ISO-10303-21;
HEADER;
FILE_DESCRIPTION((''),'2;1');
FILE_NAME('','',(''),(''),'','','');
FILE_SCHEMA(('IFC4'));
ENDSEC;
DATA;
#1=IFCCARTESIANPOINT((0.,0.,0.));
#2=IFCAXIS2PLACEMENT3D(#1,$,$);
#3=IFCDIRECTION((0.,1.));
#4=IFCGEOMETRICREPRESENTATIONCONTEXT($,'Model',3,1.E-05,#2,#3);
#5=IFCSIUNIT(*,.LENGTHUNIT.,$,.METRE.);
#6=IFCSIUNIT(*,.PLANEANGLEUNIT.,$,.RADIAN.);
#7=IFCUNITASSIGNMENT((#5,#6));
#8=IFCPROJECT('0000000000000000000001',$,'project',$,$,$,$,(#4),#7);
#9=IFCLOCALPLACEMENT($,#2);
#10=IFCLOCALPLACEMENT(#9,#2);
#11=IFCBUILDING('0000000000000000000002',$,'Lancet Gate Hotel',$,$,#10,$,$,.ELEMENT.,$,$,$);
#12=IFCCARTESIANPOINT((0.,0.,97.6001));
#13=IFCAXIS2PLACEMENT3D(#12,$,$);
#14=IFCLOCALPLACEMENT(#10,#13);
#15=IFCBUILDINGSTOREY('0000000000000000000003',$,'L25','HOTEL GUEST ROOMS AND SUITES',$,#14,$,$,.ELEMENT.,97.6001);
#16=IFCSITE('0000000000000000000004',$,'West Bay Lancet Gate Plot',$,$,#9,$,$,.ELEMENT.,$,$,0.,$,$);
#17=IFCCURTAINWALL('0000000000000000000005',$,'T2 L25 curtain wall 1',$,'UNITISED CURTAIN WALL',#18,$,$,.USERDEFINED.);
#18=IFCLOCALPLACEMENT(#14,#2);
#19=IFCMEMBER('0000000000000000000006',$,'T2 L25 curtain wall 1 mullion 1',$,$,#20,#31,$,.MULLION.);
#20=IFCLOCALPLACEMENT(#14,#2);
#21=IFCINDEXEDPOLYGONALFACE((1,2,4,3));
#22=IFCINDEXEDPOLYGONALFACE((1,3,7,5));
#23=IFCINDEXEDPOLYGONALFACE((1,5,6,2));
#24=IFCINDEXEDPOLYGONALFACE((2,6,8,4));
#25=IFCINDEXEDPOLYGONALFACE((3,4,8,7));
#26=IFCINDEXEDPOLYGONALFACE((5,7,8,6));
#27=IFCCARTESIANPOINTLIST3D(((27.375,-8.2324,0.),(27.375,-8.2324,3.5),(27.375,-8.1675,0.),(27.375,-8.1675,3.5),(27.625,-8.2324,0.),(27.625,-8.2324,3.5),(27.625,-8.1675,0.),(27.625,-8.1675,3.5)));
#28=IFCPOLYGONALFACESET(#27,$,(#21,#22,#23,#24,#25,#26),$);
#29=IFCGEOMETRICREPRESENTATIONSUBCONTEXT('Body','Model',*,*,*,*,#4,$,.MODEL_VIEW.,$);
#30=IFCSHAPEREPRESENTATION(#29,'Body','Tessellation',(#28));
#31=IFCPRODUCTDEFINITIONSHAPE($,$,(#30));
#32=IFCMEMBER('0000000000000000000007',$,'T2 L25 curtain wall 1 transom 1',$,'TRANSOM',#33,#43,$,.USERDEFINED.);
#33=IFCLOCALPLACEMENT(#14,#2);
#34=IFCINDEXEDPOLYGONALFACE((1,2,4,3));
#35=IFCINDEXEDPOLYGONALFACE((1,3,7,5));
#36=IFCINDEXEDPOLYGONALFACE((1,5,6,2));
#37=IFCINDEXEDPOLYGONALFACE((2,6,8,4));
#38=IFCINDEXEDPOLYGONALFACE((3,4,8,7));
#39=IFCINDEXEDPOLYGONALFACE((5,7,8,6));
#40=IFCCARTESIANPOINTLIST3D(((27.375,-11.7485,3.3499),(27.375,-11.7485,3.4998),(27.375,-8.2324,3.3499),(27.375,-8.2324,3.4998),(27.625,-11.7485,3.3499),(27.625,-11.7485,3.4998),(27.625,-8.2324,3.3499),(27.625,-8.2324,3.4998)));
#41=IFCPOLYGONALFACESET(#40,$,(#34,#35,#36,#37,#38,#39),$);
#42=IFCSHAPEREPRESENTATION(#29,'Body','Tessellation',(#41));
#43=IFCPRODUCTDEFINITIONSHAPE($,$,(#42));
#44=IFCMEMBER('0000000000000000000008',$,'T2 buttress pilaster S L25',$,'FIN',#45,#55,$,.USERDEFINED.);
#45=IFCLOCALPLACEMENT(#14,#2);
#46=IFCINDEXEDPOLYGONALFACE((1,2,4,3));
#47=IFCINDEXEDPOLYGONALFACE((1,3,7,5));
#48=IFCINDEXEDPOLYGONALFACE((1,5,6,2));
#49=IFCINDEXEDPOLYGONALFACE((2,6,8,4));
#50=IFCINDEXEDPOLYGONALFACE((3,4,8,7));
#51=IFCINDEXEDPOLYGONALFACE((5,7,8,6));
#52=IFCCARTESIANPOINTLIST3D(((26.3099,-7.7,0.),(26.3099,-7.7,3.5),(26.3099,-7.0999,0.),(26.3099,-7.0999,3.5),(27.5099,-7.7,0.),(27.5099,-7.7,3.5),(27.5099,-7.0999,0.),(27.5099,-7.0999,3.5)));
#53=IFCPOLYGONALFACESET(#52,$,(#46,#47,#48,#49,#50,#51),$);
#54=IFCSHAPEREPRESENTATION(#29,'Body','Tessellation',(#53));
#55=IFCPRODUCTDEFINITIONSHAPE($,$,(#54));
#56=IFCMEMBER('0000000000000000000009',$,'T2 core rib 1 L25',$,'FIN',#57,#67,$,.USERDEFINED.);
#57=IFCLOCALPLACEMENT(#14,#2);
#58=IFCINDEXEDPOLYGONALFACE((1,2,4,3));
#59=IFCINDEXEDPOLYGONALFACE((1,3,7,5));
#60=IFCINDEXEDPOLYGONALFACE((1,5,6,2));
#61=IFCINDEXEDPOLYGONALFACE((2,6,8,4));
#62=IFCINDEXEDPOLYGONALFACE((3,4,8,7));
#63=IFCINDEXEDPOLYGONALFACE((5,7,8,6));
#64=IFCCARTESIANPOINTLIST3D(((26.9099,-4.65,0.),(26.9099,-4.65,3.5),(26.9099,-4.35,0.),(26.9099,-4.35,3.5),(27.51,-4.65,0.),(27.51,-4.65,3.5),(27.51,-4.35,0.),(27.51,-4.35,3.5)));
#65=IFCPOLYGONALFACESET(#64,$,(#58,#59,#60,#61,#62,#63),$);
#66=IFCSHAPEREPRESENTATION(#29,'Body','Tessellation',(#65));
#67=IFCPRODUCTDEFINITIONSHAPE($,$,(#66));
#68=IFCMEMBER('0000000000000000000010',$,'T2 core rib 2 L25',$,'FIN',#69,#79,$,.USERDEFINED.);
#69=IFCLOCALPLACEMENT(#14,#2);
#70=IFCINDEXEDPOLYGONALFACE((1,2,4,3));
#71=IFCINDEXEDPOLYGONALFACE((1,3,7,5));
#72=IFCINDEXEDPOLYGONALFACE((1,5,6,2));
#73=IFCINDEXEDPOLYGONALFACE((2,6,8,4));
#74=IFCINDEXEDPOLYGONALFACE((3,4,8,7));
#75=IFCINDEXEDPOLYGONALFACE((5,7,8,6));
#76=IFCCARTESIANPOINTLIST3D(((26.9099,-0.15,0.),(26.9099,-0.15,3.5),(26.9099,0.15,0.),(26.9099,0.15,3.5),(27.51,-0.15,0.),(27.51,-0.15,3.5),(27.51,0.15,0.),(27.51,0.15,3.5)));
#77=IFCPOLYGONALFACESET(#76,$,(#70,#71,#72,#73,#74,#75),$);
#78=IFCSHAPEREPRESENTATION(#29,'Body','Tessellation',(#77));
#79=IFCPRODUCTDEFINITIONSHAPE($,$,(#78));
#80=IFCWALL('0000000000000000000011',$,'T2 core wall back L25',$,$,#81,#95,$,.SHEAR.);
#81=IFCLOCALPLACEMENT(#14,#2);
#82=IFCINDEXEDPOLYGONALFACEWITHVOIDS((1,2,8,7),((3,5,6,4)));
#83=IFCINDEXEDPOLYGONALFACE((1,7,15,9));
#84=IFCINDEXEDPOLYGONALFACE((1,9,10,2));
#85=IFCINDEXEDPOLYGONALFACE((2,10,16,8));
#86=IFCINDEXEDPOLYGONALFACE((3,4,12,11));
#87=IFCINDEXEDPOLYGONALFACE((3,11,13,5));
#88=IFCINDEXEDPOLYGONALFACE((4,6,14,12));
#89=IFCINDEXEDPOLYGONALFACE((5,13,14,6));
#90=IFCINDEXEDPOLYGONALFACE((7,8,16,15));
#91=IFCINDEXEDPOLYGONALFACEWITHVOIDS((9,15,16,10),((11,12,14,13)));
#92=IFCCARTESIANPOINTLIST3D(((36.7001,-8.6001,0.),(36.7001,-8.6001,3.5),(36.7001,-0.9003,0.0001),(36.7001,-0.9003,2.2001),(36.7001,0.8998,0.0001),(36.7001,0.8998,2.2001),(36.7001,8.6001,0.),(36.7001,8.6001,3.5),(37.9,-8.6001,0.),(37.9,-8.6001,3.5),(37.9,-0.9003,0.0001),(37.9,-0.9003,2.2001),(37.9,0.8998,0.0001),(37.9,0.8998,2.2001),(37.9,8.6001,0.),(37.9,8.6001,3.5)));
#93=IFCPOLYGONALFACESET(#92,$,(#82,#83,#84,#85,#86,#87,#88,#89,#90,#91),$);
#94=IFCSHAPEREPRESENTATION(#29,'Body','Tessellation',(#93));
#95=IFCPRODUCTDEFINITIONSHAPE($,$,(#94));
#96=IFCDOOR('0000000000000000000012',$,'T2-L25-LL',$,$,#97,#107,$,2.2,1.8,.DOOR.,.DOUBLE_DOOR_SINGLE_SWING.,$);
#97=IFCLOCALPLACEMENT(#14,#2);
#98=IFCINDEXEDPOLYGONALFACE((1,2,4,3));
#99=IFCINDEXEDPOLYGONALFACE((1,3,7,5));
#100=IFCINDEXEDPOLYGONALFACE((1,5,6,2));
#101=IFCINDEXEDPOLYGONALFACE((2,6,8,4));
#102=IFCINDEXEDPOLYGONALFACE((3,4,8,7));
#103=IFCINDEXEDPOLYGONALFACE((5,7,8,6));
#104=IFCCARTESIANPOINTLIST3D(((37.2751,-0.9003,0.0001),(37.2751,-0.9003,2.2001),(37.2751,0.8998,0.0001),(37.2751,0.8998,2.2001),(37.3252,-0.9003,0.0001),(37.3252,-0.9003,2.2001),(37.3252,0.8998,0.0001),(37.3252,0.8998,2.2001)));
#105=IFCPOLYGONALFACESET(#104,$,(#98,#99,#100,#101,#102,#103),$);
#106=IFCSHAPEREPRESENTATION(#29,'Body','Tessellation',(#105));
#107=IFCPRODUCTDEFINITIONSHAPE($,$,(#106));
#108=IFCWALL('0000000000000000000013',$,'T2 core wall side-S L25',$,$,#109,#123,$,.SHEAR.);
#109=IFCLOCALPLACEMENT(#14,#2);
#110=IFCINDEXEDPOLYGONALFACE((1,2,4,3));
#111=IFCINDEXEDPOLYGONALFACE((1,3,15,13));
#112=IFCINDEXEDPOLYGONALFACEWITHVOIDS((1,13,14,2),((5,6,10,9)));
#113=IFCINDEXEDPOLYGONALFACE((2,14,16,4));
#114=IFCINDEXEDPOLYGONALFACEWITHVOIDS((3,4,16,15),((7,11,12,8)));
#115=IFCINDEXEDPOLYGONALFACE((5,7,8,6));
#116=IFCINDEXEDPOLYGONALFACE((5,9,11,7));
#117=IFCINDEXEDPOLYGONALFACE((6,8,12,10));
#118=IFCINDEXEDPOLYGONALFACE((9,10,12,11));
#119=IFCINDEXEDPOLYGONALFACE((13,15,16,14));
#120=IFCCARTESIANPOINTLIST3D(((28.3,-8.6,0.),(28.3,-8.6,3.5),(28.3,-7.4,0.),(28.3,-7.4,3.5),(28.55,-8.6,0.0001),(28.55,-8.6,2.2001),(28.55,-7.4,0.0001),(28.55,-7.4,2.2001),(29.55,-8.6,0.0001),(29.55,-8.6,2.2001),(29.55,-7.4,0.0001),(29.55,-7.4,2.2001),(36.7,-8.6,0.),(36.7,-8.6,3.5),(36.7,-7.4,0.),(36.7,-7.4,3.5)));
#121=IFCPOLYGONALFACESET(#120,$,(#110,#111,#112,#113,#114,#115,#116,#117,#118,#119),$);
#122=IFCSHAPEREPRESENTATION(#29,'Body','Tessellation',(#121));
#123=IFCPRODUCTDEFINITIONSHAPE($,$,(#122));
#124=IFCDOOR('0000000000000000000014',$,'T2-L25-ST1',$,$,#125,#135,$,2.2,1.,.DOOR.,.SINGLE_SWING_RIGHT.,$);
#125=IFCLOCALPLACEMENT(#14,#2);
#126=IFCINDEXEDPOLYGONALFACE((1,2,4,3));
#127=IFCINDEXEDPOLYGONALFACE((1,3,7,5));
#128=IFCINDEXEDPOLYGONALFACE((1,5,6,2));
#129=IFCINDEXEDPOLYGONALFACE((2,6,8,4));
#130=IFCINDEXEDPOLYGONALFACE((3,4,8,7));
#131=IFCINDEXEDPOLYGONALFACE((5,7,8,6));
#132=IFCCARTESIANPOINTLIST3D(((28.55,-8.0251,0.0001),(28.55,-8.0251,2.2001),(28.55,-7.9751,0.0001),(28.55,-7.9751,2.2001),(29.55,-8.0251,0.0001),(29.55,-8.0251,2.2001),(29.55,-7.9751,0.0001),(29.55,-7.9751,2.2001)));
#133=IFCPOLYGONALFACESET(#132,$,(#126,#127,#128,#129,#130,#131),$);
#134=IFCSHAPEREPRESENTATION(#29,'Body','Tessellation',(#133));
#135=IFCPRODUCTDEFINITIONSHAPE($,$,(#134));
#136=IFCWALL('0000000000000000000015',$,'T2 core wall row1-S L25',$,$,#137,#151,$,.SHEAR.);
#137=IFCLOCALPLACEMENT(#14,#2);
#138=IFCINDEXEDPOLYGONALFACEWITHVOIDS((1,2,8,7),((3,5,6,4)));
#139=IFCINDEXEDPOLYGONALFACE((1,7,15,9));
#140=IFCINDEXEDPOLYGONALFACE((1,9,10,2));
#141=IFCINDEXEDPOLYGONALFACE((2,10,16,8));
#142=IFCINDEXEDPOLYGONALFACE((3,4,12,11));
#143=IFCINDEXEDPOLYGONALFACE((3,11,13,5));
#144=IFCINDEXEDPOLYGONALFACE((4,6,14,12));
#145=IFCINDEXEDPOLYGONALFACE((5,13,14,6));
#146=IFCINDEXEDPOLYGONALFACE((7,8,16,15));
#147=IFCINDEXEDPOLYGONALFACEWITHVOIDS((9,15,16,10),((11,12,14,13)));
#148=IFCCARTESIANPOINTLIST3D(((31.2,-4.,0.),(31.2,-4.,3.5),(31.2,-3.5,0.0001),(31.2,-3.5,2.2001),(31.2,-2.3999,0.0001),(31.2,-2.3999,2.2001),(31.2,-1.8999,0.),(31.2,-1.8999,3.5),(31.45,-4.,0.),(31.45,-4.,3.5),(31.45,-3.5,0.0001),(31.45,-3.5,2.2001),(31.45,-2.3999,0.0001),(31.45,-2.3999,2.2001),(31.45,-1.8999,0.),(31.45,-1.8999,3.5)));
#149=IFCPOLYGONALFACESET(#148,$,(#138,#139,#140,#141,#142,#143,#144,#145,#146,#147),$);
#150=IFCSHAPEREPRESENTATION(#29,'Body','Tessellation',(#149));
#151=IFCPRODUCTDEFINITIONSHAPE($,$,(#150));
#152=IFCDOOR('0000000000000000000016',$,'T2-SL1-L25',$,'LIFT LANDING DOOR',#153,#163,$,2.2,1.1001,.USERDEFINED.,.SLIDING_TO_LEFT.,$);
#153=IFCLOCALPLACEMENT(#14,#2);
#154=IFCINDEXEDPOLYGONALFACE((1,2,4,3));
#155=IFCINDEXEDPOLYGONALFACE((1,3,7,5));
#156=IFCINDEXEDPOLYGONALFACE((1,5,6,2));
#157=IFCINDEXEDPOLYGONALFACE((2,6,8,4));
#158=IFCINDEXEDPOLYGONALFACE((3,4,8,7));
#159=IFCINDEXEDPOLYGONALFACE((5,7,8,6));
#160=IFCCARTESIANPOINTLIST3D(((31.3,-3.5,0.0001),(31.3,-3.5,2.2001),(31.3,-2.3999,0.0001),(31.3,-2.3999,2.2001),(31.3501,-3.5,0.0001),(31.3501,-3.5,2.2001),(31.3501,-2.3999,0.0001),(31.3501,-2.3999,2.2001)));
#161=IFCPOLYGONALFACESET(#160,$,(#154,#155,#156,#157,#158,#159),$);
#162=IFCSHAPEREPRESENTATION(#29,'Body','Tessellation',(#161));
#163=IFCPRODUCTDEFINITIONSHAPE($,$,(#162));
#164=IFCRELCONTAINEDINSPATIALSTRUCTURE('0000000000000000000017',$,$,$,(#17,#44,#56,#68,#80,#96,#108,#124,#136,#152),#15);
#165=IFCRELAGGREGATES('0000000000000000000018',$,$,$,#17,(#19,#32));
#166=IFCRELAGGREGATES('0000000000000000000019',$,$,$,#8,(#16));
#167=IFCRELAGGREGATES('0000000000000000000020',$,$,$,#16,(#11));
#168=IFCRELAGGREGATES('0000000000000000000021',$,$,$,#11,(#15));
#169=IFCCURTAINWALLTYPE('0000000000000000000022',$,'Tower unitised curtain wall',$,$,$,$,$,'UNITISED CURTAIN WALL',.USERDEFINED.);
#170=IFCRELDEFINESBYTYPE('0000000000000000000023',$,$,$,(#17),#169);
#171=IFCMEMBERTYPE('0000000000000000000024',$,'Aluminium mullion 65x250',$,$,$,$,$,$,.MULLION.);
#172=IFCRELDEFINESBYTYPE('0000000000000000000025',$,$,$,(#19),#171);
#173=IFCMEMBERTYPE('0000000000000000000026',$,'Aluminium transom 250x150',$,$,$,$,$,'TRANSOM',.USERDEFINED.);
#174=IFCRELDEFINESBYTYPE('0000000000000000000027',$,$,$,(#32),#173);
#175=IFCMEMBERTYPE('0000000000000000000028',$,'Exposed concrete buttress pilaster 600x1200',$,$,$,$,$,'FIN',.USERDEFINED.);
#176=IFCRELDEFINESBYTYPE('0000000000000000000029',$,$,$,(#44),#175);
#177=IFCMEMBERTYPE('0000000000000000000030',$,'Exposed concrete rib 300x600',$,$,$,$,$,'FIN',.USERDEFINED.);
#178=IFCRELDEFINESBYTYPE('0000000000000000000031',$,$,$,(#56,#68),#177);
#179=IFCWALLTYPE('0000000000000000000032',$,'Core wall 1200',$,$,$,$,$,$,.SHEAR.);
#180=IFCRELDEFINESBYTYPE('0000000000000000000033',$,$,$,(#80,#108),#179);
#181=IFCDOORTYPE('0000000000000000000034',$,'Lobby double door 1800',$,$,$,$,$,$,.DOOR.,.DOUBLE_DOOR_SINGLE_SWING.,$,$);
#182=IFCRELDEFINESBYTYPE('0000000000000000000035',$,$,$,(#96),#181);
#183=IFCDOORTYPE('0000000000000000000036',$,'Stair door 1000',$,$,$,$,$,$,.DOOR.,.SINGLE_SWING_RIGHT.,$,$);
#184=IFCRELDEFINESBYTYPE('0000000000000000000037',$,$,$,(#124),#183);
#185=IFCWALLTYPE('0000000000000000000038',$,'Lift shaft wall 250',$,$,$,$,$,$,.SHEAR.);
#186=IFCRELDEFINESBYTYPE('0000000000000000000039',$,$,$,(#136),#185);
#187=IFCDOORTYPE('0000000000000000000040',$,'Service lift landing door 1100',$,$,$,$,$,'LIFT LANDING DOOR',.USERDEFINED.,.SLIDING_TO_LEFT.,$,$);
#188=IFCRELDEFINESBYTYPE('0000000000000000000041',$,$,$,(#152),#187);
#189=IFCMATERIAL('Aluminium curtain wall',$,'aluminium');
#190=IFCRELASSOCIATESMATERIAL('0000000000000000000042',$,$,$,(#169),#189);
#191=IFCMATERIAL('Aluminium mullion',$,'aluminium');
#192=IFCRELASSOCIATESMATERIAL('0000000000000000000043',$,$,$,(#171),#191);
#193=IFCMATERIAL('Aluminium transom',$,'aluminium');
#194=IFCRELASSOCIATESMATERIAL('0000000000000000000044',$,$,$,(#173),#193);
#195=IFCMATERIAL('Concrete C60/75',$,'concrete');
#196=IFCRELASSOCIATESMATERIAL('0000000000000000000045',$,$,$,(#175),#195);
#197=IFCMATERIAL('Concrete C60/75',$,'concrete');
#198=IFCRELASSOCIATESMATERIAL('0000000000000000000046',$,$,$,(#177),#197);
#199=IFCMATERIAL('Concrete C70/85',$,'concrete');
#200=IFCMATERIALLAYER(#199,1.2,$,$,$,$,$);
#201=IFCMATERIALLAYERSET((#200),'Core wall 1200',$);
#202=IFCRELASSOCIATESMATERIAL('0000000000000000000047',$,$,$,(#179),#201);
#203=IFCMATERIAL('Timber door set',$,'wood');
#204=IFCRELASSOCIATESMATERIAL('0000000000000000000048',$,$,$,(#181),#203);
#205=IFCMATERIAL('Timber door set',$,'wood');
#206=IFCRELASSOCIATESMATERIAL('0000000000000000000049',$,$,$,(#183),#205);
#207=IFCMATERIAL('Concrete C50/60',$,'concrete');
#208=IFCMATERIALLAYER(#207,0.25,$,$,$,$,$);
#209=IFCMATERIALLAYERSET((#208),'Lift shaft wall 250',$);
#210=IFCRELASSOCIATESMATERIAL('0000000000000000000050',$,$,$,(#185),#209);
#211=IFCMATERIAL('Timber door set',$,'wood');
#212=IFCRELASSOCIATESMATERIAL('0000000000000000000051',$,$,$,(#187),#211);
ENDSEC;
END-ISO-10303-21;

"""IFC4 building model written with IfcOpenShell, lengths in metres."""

from ifc_helpers import new_model, si_unit, direction, frame, frame_2d, origin, origin_2d, place, context, subcontext, project, spatial, rectangle, extrude, material, layer, layer_set, material_profile, profile_set, type_object, element, fill, aggregate, save


model = new_model("IFC4")

# Units and contexts
model_context = context("Model", 3, precision=1e-05, world=origin(), true_north=direction((0.0, 1.0)))
body_context = subcontext(model_context, "Body", "Model", "MODEL_VIEW")
ifc_project = project(units=[si_unit("LENGTHUNIT", "METRE"), si_unit("PLANEANGLEUNIT", "RADIAN")], contexts=[model_context])

# Site, building, storey
site_placement = place(None, origin())
site = spatial("IfcSite", under=ifc_project, at=site_placement, Name="West Bay Lancet Gate Plot", CompositionType="ELEMENT", RefElevation=0.0)
building_placement = place(site_placement, origin())
building = spatial("IfcBuilding", under=site, at=building_placement, Name="Lancet Gate Hotel", CompositionType="ELEMENT")
storey_placement = place(building_placement, frame((0.0, 0.0, 97.6001)))
storey = spatial("IfcBuildingStorey", under=building, at=storey_placement, Name="L25", Description="HOTEL GUEST ROOMS AND SUITES", CompositionType="ELEMENT", Elevation=97.6001)

# Curtain wall, members
ifc_material_1 = material(Name="Aluminium curtain wall", Category="aluminium")
curtain_wall_type = type_object("IfcCurtainWallType", Name="Tower unitised curtain wall", ElementType="UNITISED CURTAIN WALL", PredefinedType="USERDEFINED", material=ifc_material_1)
curtain_wall_placement = place(storey_placement, origin())
curtain_wall = element("IfcCurtainWall", 1, at=curtain_wall_placement, inside=storey, type_object=curtain_wall_type, Name="T2 L25 curtain wall 1", ObjectType="UNITISED CURTAIN WALL", PredefinedType="USERDEFINED")
ifc_material_2 = material(Name="Aluminium mullion", Category="aluminium")
ifc_material_profile_1 = material_profile(ifc_material_2, rectangle(XDim=0.0649, YDim=0.25, at=origin_2d()), Name="MULLION 65x250")
ifc_profile_set_1 = profile_set([ifc_material_profile_1], Name="Aluminium mullion")
member_type_1 = type_object("IfcMemberType", Name="Aluminium mullion 65x250", PredefinedType="MULLION", material=ifc_profile_set_1)
member_1_placement = place(storey_placement, frame((27.5, -8.2, 0.0), z_axis=(0.0, 0.0, 1.0), x_axis=(0.0, -1.0, 0.0)))
member_1 = element("IfcMember", 2, at=member_1_placement, type_object=member_type_1, Name="T2 L25 curtain wall 1 mullion 1", PredefinedType="MULLION", context=body_context, shape_type="SweptSolid", body=[
    extrude(rectangle(XDim=0.0649, YDim=0.25, at=origin_2d()), origin(), (0.0, 0.0, 1.0), 3.5),
])
ifc_material_3 = material(Name="Aluminium transom", Category="aluminium")
ifc_material_profile_2 = material_profile(ifc_material_3, rectangle(XDim=0.25, YDim=0.1499, at=origin_2d()), Name="TRANSOM 250x150")
ifc_profile_set_2 = profile_set([ifc_material_profile_2], Name="Aluminium transom")
member_type_2 = type_object("IfcMemberType", Name="Aluminium transom 250x150", ElementType="TRANSOM", PredefinedType="USERDEFINED", material=ifc_profile_set_2)
member_2_placement = place(storey_placement, frame((27.5, -8.2324, 3.4248), z_axis=(0.0, -1.0, 0.0), x_axis=(1.0, 0.0, 0.0)))
member_2 = element("IfcMember", 3, at=member_2_placement, type_object=member_type_2, Name="T2 L25 curtain wall 1 transom 1", ObjectType="TRANSOM", PredefinedType="USERDEFINED", context=body_context, shape_type="SweptSolid", body=[
    extrude(rectangle(XDim=0.25, YDim=0.1499, at=origin_2d()), origin(), (0.0, 0.0, 1.0), 3.5161),
])
aggregate(curtain_wall, [member_1, member_2])

# Members
ifc_material_4 = material(Name="Concrete C60/75", Category="concrete")
ifc_material_profile_3 = material_profile(ifc_material_4, rectangle(XDim=0.6001, YDim=1.2, at=origin_2d()), Name="FIN 600x1200")
ifc_profile_set_3 = profile_set([ifc_material_profile_3], Name="Concrete C60/75")
member_type_3 = type_object("IfcMemberType", Name="Exposed concrete buttress pilaster 600x1200", ElementType="FIN", PredefinedType="USERDEFINED", material=ifc_profile_set_3)
member_3_placement = place(storey_placement, frame((26.9099, -7.3999, 0.0), z_axis=(0.0, 0.0, 1.0), x_axis=(0.0, 1.0, 0.0)))
element("IfcMember", 4, at=member_3_placement, inside=storey, type_object=member_type_3, Name="T2 buttress pilaster S L25", ObjectType="FIN", PredefinedType="USERDEFINED", context=body_context, shape_type="SweptSolid", body=[
    extrude(rectangle(XDim=0.6001, YDim=1.2, at=origin_2d()), origin(), (0.0, 0.0, 1.0), 3.5),
])
ifc_material_5 = material(Name="Concrete C60/75", Category="concrete")
ifc_material_profile_4 = material_profile(ifc_material_5, rectangle(XDim=0.3, YDim=0.6001, at=origin_2d()), Name="FIN 300x600")
ifc_profile_set_4 = profile_set([ifc_material_profile_4], Name="Concrete C60/75")
member_type_4 = type_object("IfcMemberType", Name="Exposed concrete rib 300x600", ElementType="FIN", PredefinedType="USERDEFINED", material=ifc_profile_set_4)
for number, where, z_axis, x_axis, name in (
    (5, (27.21, -4.5, 0.0), (0.0, 0.0, 1.0), (0.0, 1.0, 0.0), "T2 core rib 1 L25"),
    (6, (27.21, 0.0, 0.0), (0.0, 0.0, 1.0), (0.0, 1.0, 0.0), "T2 core rib 2 L25"),
):
    element("IfcMember", number, at=place(storey_placement, frame(where, z_axis=z_axis, x_axis=x_axis)), inside=storey, type_object=member_type_4, Name=name, ObjectType="FIN", PredefinedType="USERDEFINED", context=body_context, shape_type="SweptSolid", body=[
        extrude(rectangle(XDim=0.3, YDim=0.6001, at=origin_2d()), origin(), (0.0, 0.0, 1.0), 3.5),
    ])

# Walls, openings, doors
ifc_material_6 = material(Name="Concrete C70/85", Category="concrete")
ifc_layer_1 = layer(ifc_material_6, 1.2)
ifc_layer_set_1 = layer_set([ifc_layer_1], Name="Core wall 1200")
wall_type_1 = type_object("IfcWallType", Name="Core wall 1200", PredefinedType="SHEAR", material=ifc_layer_set_1)
wall_1_placement = place(storey_placement, frame((37.3, -8.6001, 0.0), z_axis=(0.0, 0.0, 1.0), x_axis=(0.0, 1.0, 0.0)))
wall_1 = element("IfcWall", 7, at=wall_1_placement, inside=storey, type_object=wall_type_1, Name="T2 core wall back L25", PredefinedType="SHEAR", context=body_context, shape_type="SweptSolid", body=[
    extrude(rectangle(XDim=17.2002, YDim=1.2, at=frame_2d((8.6001, 0.0))), origin(), (0.0, 0.0, 1.0), 3.5),
])
opening_1_placement = place(wall_1_placement, frame((7.7, 0.0, 0.0)))
opening_1 = element("IfcOpeningElement", 8, at=opening_1_placement, cuts=wall_1, PredefinedType="OPENING", context=body_context, shape_type="SweptSolid", body=[
    extrude(rectangle(XDim=1.8, YDim=2.2, at=frame_2d((0.8999, 1.1001))), frame((0.0, 0.6099, 0.0), z_axis=(0.0, -1.0, 0.0), x_axis=(1.0, 0.0, 0.0)), (0.0, 0.0, 1.0), 1.22),
])
ifc_material_7 = material(Name="Timber door set", Category="wood")
door_type_1 = type_object("IfcDoorType", Name="Lobby double door 1800", OperationType="DOUBLE_DOOR_SINGLE_SWING", PredefinedType="DOOR", material=ifc_material_7)
door_1_placement = place(opening_1_placement, origin())
door_1 = element("IfcDoor", 9, at=door_1_placement, inside=storey, type_object=door_type_1, Name="T2-L25-LL", OperationType="DOUBLE_DOOR_SINGLE_SWING", OverallHeight=2.2, OverallWidth=1.8, PredefinedType="DOOR", context=body_context, shape_type="SweptSolid", body=[
    extrude(rectangle(XDim=1.8, YDim=2.2, at=frame_2d((0.8999, 1.1001))), frame((0.0, 0.0249, 0.0), z_axis=(0.0, -1.0, 0.0), x_axis=(1.0, 0.0, 0.0)), (0.0, 0.0, 1.0), 0.05),
])
fill(opening_1, door_1)
wall_2_placement = place(storey_placement, frame((28.3, -8.0, 0.0), z_axis=(0.0, 0.0, 1.0), x_axis=(1.0, 0.0, 0.0)))
wall_2 = element("IfcWall", 10, at=wall_2_placement, inside=storey, type_object=wall_type_1, Name="T2 core wall side-S L25", PredefinedType="SHEAR", context=body_context, shape_type="SweptSolid", body=[
    extrude(rectangle(XDim=8.3999, YDim=1.2, at=frame_2d((4.2, 0.0))), origin(), (0.0, 0.0, 1.0), 3.5),
])
opening_2_placement = place(wall_2_placement, frame((0.25, 0.0, 0.0)))
opening_2 = element("IfcOpeningElement", 11, at=opening_2_placement, cuts=wall_2, PredefinedType="OPENING", context=body_context, shape_type="SweptSolid", body=[
    extrude(rectangle(XDim=1.0, YDim=2.2, at=frame_2d((0.5, 1.1001))), frame((0.0, 0.6099, 0.0), z_axis=(0.0, -1.0, 0.0), x_axis=(1.0, 0.0, 0.0)), (0.0, 0.0, 1.0), 1.22),
])
ifc_material_8 = material(Name="Timber door set", Category="wood")
door_type_2 = type_object("IfcDoorType", Name="Stair door 1000", OperationType="SINGLE_SWING_RIGHT", PredefinedType="DOOR", material=ifc_material_8)
door_2_placement = place(opening_2_placement, origin())
door_2 = element("IfcDoor", 12, at=door_2_placement, inside=storey, type_object=door_type_2, Name="T2-L25-ST1", OperationType="SINGLE_SWING_RIGHT", OverallHeight=2.2, OverallWidth=1.0, PredefinedType="DOOR", context=body_context, shape_type="SweptSolid", body=[
    extrude(rectangle(XDim=1.0, YDim=2.2, at=frame_2d((0.5, 1.1001))), frame((0.0, 0.0249, 0.0), z_axis=(0.0, -1.0, 0.0), x_axis=(1.0, 0.0, 0.0)), (0.0, 0.0, 1.0), 0.05),
])
fill(opening_2, door_2)
ifc_material_9 = material(Name="Concrete C50/60", Category="concrete")
ifc_layer_2 = layer(ifc_material_9, 0.25)
ifc_layer_set_2 = layer_set([ifc_layer_2], Name="Lift shaft wall 250")
wall_type_2 = type_object("IfcWallType", Name="Lift shaft wall 250", PredefinedType="SHEAR", material=ifc_layer_set_2)
wall_3_placement = place(storey_placement, frame((31.325, -4.0, 0.0), z_axis=(0.0, 0.0, 1.0), x_axis=(0.0, 1.0, 0.0)))
wall_3 = element("IfcWall", 13, at=wall_3_placement, inside=storey, type_object=wall_type_2, Name="T2 core wall row1-S L25", PredefinedType="SHEAR", context=body_context, shape_type="SweptSolid", body=[
    extrude(rectangle(XDim=2.1001, YDim=0.25, at=frame_2d((1.05, 0.0))), origin(), (0.0, 0.0, 1.0), 3.5),
])
opening_3_placement = place(wall_3_placement, frame((0.5, 0.0, 0.0)))
opening_3 = element("IfcOpeningElement", 14, at=opening_3_placement, cuts=wall_3, PredefinedType="OPENING", context=body_context, shape_type="SweptSolid", body=[
    extrude(rectangle(XDim=1.1001, YDim=2.2, at=frame_2d((0.55, 1.1001))), frame((0.0, 0.135, 0.0), z_axis=(0.0, -1.0, 0.0), x_axis=(1.0, 0.0, 0.0)), (0.0, 0.0, 1.0), 0.27),
])
ifc_material_10 = material(Name="Timber door set", Category="wood")
door_type_3 = type_object("IfcDoorType", Name="Service lift landing door 1100", ElementType="LIFT LANDING DOOR", OperationType="SLIDING_TO_LEFT", PredefinedType="USERDEFINED", material=ifc_material_10)
door_3_placement = place(opening_3_placement, origin())
door_3 = element("IfcDoor", 15, at=door_3_placement, inside=storey, type_object=door_type_3, Name="T2-SL1-L25", ObjectType="LIFT LANDING DOOR", OperationType="SLIDING_TO_LEFT", OverallHeight=2.2, OverallWidth=1.1001, PredefinedType="USERDEFINED", context=body_context, shape_type="SweptSolid", body=[
    extrude(rectangle(XDim=1.1001, YDim=2.2, at=frame_2d((0.55, 1.1001))), frame((0.0, 0.0249, 0.0), z_axis=(0.0, -1.0, 0.0), x_axis=(1.0, 0.0, 0.0)), (0.0, 0.0, 1.0), 0.05),
])
fill(opening_3, door_3)

save(model, "model.ifc")
